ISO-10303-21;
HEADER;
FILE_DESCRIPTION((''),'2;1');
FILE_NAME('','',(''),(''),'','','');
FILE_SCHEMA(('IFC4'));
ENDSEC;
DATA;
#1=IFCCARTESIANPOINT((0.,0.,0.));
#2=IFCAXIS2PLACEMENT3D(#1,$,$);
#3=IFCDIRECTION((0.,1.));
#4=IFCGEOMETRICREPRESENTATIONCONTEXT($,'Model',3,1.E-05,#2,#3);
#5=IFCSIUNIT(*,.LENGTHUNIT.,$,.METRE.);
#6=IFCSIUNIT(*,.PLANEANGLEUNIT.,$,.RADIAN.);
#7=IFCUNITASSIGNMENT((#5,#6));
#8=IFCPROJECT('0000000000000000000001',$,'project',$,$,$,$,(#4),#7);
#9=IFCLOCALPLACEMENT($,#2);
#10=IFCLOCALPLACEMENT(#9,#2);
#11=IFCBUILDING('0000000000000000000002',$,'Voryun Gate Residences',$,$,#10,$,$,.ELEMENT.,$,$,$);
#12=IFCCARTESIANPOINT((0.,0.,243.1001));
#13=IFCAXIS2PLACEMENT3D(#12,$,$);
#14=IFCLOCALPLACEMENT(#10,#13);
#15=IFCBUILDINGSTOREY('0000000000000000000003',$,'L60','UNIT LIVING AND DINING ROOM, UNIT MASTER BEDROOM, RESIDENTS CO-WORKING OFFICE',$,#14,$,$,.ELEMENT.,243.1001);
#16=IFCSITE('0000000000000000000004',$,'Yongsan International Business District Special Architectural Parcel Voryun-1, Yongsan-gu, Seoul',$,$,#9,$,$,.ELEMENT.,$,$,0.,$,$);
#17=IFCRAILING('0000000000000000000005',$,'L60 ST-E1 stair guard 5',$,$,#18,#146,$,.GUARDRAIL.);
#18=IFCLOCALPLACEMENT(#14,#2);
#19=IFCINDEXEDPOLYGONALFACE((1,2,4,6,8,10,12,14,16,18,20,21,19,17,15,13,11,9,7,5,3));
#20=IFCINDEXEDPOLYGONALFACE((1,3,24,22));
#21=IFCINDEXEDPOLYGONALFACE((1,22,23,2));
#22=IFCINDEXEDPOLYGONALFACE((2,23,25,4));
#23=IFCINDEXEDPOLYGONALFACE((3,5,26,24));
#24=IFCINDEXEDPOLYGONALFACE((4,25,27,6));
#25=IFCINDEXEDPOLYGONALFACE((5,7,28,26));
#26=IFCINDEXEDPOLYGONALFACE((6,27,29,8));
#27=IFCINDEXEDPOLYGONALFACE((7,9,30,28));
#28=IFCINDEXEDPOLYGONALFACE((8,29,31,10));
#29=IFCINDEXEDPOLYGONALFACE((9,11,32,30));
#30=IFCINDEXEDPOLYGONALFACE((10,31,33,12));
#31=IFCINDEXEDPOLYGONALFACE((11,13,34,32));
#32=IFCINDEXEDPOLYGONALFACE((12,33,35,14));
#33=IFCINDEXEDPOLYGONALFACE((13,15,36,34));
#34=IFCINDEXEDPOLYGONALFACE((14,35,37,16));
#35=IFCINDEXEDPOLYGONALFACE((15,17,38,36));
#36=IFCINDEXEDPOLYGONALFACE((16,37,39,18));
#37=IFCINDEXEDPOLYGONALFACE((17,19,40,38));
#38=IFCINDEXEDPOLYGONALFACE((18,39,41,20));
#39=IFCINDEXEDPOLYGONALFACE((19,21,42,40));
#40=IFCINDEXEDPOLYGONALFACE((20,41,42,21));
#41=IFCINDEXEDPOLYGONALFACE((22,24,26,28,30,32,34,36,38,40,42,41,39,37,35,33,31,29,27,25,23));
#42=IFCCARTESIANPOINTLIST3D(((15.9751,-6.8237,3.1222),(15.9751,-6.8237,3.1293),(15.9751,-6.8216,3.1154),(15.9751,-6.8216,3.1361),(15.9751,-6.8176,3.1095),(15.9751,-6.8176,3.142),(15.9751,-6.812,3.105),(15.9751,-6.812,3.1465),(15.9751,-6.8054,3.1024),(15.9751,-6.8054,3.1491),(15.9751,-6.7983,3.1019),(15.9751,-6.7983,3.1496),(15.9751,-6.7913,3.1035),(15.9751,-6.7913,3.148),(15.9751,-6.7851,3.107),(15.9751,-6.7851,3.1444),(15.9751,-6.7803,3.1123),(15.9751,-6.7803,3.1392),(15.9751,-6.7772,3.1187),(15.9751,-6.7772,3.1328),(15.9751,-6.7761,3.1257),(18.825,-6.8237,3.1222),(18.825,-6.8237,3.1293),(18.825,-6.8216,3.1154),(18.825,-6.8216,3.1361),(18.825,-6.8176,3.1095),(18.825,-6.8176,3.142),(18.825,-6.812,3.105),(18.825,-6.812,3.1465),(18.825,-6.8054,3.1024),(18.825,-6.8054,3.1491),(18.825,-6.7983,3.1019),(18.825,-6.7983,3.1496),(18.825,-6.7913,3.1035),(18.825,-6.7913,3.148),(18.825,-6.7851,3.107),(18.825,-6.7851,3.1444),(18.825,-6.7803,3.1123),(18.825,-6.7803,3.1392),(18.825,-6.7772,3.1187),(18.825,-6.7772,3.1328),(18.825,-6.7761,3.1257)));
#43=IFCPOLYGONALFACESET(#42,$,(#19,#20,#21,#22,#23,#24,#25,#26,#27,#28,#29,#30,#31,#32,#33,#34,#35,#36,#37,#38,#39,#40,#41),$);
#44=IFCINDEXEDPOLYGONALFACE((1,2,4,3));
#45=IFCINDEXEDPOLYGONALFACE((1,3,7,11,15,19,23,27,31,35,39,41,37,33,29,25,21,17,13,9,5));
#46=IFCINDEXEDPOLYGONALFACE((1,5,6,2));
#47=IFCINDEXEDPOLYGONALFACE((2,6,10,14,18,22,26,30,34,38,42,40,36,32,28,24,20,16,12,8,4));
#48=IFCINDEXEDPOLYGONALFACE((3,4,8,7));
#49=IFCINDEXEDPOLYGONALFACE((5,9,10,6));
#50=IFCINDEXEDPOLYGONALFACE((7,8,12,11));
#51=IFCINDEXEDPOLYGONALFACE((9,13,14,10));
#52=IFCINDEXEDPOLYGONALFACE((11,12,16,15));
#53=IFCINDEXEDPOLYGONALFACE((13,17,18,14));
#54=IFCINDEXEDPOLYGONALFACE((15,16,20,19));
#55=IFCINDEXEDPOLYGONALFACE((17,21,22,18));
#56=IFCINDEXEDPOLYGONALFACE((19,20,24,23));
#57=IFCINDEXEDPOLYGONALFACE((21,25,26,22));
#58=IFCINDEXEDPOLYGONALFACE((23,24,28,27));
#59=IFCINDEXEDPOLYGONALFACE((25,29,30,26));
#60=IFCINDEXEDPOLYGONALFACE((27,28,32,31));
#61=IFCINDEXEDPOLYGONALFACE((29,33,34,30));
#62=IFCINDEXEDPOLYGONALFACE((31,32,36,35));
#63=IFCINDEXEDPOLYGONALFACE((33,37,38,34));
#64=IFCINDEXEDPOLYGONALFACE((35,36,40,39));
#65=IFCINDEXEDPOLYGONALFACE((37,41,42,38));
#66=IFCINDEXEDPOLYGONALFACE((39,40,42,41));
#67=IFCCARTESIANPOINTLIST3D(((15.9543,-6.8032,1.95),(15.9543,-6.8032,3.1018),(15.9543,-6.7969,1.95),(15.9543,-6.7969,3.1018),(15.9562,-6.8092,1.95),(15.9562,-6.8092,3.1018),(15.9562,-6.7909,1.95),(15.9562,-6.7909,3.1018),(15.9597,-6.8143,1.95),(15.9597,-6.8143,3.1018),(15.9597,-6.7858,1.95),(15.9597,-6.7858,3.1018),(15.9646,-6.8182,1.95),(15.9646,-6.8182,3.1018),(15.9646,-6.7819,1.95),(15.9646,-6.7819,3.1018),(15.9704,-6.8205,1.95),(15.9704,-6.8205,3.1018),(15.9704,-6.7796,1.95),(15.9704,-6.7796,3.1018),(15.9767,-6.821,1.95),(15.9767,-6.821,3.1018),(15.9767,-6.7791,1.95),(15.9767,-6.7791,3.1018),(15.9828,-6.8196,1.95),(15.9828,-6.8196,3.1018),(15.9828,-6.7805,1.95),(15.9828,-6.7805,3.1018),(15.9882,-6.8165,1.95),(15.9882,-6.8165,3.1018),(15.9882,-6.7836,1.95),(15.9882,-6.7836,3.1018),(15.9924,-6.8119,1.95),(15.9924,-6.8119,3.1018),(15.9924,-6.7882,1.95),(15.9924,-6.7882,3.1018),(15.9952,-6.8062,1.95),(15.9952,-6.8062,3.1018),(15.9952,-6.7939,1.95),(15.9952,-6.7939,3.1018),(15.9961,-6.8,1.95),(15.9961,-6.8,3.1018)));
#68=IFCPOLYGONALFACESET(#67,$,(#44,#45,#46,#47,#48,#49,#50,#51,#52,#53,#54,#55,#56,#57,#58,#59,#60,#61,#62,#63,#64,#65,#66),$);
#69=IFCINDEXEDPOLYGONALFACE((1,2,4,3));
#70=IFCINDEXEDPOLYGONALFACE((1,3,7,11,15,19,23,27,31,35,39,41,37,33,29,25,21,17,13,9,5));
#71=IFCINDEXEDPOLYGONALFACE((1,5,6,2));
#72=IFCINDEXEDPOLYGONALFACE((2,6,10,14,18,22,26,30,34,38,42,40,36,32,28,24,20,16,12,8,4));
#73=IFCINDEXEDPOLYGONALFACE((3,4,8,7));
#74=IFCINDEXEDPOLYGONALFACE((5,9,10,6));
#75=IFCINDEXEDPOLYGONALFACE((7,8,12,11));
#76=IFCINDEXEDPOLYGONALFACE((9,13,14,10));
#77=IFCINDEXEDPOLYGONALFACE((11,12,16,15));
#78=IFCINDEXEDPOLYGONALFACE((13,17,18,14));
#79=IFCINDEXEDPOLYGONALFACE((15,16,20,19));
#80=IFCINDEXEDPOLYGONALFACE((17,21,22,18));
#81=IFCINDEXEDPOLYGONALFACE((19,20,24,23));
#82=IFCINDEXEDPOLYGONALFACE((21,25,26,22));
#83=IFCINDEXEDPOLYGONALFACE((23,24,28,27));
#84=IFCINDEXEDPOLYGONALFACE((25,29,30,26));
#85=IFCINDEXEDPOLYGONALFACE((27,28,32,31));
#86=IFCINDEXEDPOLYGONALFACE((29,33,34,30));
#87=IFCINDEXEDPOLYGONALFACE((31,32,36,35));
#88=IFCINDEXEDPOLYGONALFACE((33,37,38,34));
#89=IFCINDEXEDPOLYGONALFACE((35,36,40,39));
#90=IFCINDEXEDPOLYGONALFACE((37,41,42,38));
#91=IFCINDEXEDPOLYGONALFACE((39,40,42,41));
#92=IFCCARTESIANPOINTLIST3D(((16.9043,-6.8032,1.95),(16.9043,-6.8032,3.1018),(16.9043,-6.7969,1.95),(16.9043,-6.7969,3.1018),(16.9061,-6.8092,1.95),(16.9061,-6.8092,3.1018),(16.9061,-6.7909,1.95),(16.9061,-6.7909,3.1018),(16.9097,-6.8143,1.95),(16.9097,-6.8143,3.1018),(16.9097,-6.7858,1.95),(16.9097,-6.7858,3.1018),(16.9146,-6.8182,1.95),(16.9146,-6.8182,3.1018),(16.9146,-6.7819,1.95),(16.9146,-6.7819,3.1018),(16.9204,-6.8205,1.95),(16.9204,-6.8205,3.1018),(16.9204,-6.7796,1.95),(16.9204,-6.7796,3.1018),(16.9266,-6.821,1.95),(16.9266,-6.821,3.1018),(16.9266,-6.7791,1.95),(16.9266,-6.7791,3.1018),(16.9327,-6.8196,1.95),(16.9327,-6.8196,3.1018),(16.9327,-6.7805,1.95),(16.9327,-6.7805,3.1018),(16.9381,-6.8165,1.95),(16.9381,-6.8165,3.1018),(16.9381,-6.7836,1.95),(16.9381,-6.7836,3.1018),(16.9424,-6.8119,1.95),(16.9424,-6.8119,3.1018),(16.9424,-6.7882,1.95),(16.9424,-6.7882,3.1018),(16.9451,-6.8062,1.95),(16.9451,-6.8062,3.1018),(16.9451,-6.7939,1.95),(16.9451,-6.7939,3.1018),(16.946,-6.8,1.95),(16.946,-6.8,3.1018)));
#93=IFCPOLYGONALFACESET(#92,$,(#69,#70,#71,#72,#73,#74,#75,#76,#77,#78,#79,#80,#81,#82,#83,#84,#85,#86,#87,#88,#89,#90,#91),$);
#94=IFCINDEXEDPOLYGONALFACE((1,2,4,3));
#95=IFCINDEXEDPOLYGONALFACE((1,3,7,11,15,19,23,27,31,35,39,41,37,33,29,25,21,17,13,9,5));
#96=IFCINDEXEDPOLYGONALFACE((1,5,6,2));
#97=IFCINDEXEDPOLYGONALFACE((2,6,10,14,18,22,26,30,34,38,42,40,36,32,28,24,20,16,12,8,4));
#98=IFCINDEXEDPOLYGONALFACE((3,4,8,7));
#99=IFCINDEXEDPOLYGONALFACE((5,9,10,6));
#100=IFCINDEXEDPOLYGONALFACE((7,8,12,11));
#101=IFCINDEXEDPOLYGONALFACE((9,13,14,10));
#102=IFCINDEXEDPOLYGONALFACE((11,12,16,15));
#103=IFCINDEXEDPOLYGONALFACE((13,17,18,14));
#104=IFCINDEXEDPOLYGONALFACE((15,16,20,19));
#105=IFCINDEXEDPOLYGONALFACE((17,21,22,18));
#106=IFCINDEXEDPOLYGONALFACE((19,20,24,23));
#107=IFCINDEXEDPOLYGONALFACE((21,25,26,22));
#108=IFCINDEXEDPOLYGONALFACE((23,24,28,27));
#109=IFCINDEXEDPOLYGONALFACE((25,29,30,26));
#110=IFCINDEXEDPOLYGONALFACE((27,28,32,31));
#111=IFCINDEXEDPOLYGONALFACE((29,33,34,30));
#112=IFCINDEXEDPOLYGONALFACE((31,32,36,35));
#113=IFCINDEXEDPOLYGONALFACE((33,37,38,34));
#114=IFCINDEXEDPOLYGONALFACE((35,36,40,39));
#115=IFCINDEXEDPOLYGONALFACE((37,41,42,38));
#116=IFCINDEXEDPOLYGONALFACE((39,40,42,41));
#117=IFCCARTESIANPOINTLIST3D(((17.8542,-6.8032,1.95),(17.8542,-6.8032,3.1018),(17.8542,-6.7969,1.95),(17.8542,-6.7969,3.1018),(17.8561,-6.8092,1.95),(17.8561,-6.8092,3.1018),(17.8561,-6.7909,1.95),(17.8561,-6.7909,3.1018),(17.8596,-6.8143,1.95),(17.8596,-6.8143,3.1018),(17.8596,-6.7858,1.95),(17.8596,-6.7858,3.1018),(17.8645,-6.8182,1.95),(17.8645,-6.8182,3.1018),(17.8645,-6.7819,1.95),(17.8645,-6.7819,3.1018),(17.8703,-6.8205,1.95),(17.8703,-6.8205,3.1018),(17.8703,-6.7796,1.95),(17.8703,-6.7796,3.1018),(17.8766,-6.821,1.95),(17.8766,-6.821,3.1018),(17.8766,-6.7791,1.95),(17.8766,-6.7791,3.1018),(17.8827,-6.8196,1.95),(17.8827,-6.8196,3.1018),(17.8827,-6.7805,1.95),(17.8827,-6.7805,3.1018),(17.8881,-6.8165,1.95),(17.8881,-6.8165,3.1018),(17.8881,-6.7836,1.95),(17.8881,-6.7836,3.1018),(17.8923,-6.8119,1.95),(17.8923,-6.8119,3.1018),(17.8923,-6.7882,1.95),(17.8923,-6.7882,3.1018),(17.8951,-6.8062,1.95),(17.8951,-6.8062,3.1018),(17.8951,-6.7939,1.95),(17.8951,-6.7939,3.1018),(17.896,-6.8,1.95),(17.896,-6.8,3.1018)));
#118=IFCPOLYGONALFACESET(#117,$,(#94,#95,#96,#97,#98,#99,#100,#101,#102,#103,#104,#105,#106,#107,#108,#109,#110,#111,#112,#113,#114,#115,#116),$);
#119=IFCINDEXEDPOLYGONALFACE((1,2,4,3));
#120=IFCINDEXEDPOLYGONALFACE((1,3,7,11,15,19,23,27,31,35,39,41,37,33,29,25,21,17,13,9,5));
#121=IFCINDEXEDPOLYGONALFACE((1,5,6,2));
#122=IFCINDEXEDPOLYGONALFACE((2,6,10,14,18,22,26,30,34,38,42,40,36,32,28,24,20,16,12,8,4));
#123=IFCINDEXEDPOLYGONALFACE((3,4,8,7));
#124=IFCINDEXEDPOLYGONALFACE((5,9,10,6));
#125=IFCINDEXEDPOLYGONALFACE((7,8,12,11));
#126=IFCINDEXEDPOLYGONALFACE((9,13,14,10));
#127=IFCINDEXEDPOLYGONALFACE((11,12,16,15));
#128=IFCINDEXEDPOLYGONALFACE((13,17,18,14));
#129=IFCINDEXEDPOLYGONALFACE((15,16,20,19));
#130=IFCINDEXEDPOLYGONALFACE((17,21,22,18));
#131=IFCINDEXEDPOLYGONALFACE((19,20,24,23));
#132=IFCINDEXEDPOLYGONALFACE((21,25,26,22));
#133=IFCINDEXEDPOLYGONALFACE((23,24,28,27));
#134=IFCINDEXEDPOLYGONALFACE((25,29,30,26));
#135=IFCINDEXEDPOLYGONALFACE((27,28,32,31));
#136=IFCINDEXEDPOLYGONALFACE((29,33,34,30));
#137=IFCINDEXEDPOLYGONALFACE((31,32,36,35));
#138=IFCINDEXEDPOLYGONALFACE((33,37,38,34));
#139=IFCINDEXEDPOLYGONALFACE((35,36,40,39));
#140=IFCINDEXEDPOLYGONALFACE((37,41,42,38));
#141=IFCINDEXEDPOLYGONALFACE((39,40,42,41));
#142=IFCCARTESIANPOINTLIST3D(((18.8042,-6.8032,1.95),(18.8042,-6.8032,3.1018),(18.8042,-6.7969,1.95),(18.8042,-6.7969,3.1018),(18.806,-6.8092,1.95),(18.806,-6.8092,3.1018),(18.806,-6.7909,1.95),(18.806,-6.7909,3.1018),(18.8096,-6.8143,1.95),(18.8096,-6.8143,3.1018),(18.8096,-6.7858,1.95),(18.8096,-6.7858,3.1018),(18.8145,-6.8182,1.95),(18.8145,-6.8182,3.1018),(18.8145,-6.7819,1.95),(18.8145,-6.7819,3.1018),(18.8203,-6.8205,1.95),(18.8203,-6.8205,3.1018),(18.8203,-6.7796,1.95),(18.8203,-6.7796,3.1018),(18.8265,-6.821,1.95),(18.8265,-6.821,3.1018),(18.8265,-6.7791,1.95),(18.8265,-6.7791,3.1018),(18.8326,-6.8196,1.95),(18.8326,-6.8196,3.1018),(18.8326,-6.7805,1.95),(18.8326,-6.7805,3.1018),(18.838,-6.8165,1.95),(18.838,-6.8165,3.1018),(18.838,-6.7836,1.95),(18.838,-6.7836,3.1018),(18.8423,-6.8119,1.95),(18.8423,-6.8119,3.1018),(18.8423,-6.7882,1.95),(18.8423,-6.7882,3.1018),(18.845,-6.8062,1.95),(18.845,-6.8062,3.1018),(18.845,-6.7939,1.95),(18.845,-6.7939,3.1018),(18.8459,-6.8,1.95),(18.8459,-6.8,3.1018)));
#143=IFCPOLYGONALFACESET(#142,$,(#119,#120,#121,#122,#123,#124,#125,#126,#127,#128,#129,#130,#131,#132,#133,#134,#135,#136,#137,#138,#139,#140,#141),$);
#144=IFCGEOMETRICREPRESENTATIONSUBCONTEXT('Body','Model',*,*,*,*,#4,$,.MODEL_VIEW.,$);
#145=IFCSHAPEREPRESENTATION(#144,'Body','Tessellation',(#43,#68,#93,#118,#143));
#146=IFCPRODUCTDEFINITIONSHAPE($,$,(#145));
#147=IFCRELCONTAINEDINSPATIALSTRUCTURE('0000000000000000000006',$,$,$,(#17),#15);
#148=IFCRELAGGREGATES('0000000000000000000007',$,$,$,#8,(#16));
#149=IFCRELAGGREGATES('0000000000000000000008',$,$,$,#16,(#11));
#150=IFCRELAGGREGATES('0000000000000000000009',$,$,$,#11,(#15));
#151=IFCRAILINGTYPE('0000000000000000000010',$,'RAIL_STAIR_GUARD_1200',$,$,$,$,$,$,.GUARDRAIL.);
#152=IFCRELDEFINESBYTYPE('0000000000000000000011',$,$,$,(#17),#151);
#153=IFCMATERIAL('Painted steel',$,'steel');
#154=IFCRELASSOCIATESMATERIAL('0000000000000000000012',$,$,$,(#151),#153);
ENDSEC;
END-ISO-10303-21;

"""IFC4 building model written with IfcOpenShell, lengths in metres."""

from ifc_helpers import new_model, si_unit, direction, frame, origin, origin_2d, place, context, subcontext, project, spatial, circle, extrude, material, type_object, element, save


model = new_model("IFC4")

# Units and contexts
model_context = context("Model", 3, precision=1e-05, world=origin(), true_north=direction((0.0, 1.0)))
body_context = subcontext(model_context, "Body", "Model", "MODEL_VIEW")
ifc_project = project(units=[si_unit("LENGTHUNIT", "METRE"), si_unit("PLANEANGLEUNIT", "RADIAN")], contexts=[model_context])

# Site, building, storey
site_placement = place(None, origin())
site = spatial("IfcSite", under=ifc_project, at=site_placement, Name="Yongsan International Business District Special Architectural Parcel Voryun-1, Yongsan-gu, Seoul", CompositionType="ELEMENT", RefElevation=0.0)
building_placement = place(site_placement, origin())
building = spatial("IfcBuilding", under=site, at=building_placement, Name="Voryun Gate Residences", CompositionType="ELEMENT")
storey_placement = place(building_placement, frame((0.0, 0.0, 243.1001)))
storey = spatial("IfcBuildingStorey", under=building, at=storey_placement, Name="L60", Description="UNIT LIVING AND DINING ROOM, UNIT MASTER BEDROOM, RESIDENTS CO-WORKING OFFICE", CompositionType="ELEMENT", Elevation=243.1001)

# Railing
ifc_material_1 = material(Name="Painted steel", Category="steel")
railing_type = type_object("IfcRailingType", Name="RAIL_STAIR_GUARD_1200", PredefinedType="GUARDRAIL", material=ifc_material_1)
railing_1_placement = place(storey_placement, frame((15.9751, -6.8, 1.95)))
element("IfcRailing", 1, at=railing_1_placement, inside=storey, type_object=railing_type, Name="L60 ST-E1 stair guard 5", PredefinedType="GUARDRAIL", context=body_context, shape_type="SweptSolid", body=[
    extrude(circle(Radius=0.0239, at=origin_2d()), frame((0.0, 0.0, 1.1758), z_axis=(1.0, 0.0, 0.0), x_axis=(0.0, 1.0, 0.0)), (0.0, 0.0, 1.0), 2.8499),
    extrude(circle(Radius=0.021, at=origin_2d()), origin(), (0.0, 0.0, 1.0), 1.1519),
    extrude(circle(Radius=0.021, at=origin_2d()), frame((0.95, 0.0, 0.0)), (0.0, 0.0, 1.0), 1.1519),
    extrude(circle(Radius=0.021, at=origin_2d()), frame((1.8999, 0.0, 0.0)), (0.0, 0.0, 1.0), 1.1519),
    extrude(circle(Radius=0.021, at=origin_2d()), frame((2.8499, 0.0, 0.0)), (0.0, 0.0, 1.0), 1.1519),
])

save(model, "model.ifc")
